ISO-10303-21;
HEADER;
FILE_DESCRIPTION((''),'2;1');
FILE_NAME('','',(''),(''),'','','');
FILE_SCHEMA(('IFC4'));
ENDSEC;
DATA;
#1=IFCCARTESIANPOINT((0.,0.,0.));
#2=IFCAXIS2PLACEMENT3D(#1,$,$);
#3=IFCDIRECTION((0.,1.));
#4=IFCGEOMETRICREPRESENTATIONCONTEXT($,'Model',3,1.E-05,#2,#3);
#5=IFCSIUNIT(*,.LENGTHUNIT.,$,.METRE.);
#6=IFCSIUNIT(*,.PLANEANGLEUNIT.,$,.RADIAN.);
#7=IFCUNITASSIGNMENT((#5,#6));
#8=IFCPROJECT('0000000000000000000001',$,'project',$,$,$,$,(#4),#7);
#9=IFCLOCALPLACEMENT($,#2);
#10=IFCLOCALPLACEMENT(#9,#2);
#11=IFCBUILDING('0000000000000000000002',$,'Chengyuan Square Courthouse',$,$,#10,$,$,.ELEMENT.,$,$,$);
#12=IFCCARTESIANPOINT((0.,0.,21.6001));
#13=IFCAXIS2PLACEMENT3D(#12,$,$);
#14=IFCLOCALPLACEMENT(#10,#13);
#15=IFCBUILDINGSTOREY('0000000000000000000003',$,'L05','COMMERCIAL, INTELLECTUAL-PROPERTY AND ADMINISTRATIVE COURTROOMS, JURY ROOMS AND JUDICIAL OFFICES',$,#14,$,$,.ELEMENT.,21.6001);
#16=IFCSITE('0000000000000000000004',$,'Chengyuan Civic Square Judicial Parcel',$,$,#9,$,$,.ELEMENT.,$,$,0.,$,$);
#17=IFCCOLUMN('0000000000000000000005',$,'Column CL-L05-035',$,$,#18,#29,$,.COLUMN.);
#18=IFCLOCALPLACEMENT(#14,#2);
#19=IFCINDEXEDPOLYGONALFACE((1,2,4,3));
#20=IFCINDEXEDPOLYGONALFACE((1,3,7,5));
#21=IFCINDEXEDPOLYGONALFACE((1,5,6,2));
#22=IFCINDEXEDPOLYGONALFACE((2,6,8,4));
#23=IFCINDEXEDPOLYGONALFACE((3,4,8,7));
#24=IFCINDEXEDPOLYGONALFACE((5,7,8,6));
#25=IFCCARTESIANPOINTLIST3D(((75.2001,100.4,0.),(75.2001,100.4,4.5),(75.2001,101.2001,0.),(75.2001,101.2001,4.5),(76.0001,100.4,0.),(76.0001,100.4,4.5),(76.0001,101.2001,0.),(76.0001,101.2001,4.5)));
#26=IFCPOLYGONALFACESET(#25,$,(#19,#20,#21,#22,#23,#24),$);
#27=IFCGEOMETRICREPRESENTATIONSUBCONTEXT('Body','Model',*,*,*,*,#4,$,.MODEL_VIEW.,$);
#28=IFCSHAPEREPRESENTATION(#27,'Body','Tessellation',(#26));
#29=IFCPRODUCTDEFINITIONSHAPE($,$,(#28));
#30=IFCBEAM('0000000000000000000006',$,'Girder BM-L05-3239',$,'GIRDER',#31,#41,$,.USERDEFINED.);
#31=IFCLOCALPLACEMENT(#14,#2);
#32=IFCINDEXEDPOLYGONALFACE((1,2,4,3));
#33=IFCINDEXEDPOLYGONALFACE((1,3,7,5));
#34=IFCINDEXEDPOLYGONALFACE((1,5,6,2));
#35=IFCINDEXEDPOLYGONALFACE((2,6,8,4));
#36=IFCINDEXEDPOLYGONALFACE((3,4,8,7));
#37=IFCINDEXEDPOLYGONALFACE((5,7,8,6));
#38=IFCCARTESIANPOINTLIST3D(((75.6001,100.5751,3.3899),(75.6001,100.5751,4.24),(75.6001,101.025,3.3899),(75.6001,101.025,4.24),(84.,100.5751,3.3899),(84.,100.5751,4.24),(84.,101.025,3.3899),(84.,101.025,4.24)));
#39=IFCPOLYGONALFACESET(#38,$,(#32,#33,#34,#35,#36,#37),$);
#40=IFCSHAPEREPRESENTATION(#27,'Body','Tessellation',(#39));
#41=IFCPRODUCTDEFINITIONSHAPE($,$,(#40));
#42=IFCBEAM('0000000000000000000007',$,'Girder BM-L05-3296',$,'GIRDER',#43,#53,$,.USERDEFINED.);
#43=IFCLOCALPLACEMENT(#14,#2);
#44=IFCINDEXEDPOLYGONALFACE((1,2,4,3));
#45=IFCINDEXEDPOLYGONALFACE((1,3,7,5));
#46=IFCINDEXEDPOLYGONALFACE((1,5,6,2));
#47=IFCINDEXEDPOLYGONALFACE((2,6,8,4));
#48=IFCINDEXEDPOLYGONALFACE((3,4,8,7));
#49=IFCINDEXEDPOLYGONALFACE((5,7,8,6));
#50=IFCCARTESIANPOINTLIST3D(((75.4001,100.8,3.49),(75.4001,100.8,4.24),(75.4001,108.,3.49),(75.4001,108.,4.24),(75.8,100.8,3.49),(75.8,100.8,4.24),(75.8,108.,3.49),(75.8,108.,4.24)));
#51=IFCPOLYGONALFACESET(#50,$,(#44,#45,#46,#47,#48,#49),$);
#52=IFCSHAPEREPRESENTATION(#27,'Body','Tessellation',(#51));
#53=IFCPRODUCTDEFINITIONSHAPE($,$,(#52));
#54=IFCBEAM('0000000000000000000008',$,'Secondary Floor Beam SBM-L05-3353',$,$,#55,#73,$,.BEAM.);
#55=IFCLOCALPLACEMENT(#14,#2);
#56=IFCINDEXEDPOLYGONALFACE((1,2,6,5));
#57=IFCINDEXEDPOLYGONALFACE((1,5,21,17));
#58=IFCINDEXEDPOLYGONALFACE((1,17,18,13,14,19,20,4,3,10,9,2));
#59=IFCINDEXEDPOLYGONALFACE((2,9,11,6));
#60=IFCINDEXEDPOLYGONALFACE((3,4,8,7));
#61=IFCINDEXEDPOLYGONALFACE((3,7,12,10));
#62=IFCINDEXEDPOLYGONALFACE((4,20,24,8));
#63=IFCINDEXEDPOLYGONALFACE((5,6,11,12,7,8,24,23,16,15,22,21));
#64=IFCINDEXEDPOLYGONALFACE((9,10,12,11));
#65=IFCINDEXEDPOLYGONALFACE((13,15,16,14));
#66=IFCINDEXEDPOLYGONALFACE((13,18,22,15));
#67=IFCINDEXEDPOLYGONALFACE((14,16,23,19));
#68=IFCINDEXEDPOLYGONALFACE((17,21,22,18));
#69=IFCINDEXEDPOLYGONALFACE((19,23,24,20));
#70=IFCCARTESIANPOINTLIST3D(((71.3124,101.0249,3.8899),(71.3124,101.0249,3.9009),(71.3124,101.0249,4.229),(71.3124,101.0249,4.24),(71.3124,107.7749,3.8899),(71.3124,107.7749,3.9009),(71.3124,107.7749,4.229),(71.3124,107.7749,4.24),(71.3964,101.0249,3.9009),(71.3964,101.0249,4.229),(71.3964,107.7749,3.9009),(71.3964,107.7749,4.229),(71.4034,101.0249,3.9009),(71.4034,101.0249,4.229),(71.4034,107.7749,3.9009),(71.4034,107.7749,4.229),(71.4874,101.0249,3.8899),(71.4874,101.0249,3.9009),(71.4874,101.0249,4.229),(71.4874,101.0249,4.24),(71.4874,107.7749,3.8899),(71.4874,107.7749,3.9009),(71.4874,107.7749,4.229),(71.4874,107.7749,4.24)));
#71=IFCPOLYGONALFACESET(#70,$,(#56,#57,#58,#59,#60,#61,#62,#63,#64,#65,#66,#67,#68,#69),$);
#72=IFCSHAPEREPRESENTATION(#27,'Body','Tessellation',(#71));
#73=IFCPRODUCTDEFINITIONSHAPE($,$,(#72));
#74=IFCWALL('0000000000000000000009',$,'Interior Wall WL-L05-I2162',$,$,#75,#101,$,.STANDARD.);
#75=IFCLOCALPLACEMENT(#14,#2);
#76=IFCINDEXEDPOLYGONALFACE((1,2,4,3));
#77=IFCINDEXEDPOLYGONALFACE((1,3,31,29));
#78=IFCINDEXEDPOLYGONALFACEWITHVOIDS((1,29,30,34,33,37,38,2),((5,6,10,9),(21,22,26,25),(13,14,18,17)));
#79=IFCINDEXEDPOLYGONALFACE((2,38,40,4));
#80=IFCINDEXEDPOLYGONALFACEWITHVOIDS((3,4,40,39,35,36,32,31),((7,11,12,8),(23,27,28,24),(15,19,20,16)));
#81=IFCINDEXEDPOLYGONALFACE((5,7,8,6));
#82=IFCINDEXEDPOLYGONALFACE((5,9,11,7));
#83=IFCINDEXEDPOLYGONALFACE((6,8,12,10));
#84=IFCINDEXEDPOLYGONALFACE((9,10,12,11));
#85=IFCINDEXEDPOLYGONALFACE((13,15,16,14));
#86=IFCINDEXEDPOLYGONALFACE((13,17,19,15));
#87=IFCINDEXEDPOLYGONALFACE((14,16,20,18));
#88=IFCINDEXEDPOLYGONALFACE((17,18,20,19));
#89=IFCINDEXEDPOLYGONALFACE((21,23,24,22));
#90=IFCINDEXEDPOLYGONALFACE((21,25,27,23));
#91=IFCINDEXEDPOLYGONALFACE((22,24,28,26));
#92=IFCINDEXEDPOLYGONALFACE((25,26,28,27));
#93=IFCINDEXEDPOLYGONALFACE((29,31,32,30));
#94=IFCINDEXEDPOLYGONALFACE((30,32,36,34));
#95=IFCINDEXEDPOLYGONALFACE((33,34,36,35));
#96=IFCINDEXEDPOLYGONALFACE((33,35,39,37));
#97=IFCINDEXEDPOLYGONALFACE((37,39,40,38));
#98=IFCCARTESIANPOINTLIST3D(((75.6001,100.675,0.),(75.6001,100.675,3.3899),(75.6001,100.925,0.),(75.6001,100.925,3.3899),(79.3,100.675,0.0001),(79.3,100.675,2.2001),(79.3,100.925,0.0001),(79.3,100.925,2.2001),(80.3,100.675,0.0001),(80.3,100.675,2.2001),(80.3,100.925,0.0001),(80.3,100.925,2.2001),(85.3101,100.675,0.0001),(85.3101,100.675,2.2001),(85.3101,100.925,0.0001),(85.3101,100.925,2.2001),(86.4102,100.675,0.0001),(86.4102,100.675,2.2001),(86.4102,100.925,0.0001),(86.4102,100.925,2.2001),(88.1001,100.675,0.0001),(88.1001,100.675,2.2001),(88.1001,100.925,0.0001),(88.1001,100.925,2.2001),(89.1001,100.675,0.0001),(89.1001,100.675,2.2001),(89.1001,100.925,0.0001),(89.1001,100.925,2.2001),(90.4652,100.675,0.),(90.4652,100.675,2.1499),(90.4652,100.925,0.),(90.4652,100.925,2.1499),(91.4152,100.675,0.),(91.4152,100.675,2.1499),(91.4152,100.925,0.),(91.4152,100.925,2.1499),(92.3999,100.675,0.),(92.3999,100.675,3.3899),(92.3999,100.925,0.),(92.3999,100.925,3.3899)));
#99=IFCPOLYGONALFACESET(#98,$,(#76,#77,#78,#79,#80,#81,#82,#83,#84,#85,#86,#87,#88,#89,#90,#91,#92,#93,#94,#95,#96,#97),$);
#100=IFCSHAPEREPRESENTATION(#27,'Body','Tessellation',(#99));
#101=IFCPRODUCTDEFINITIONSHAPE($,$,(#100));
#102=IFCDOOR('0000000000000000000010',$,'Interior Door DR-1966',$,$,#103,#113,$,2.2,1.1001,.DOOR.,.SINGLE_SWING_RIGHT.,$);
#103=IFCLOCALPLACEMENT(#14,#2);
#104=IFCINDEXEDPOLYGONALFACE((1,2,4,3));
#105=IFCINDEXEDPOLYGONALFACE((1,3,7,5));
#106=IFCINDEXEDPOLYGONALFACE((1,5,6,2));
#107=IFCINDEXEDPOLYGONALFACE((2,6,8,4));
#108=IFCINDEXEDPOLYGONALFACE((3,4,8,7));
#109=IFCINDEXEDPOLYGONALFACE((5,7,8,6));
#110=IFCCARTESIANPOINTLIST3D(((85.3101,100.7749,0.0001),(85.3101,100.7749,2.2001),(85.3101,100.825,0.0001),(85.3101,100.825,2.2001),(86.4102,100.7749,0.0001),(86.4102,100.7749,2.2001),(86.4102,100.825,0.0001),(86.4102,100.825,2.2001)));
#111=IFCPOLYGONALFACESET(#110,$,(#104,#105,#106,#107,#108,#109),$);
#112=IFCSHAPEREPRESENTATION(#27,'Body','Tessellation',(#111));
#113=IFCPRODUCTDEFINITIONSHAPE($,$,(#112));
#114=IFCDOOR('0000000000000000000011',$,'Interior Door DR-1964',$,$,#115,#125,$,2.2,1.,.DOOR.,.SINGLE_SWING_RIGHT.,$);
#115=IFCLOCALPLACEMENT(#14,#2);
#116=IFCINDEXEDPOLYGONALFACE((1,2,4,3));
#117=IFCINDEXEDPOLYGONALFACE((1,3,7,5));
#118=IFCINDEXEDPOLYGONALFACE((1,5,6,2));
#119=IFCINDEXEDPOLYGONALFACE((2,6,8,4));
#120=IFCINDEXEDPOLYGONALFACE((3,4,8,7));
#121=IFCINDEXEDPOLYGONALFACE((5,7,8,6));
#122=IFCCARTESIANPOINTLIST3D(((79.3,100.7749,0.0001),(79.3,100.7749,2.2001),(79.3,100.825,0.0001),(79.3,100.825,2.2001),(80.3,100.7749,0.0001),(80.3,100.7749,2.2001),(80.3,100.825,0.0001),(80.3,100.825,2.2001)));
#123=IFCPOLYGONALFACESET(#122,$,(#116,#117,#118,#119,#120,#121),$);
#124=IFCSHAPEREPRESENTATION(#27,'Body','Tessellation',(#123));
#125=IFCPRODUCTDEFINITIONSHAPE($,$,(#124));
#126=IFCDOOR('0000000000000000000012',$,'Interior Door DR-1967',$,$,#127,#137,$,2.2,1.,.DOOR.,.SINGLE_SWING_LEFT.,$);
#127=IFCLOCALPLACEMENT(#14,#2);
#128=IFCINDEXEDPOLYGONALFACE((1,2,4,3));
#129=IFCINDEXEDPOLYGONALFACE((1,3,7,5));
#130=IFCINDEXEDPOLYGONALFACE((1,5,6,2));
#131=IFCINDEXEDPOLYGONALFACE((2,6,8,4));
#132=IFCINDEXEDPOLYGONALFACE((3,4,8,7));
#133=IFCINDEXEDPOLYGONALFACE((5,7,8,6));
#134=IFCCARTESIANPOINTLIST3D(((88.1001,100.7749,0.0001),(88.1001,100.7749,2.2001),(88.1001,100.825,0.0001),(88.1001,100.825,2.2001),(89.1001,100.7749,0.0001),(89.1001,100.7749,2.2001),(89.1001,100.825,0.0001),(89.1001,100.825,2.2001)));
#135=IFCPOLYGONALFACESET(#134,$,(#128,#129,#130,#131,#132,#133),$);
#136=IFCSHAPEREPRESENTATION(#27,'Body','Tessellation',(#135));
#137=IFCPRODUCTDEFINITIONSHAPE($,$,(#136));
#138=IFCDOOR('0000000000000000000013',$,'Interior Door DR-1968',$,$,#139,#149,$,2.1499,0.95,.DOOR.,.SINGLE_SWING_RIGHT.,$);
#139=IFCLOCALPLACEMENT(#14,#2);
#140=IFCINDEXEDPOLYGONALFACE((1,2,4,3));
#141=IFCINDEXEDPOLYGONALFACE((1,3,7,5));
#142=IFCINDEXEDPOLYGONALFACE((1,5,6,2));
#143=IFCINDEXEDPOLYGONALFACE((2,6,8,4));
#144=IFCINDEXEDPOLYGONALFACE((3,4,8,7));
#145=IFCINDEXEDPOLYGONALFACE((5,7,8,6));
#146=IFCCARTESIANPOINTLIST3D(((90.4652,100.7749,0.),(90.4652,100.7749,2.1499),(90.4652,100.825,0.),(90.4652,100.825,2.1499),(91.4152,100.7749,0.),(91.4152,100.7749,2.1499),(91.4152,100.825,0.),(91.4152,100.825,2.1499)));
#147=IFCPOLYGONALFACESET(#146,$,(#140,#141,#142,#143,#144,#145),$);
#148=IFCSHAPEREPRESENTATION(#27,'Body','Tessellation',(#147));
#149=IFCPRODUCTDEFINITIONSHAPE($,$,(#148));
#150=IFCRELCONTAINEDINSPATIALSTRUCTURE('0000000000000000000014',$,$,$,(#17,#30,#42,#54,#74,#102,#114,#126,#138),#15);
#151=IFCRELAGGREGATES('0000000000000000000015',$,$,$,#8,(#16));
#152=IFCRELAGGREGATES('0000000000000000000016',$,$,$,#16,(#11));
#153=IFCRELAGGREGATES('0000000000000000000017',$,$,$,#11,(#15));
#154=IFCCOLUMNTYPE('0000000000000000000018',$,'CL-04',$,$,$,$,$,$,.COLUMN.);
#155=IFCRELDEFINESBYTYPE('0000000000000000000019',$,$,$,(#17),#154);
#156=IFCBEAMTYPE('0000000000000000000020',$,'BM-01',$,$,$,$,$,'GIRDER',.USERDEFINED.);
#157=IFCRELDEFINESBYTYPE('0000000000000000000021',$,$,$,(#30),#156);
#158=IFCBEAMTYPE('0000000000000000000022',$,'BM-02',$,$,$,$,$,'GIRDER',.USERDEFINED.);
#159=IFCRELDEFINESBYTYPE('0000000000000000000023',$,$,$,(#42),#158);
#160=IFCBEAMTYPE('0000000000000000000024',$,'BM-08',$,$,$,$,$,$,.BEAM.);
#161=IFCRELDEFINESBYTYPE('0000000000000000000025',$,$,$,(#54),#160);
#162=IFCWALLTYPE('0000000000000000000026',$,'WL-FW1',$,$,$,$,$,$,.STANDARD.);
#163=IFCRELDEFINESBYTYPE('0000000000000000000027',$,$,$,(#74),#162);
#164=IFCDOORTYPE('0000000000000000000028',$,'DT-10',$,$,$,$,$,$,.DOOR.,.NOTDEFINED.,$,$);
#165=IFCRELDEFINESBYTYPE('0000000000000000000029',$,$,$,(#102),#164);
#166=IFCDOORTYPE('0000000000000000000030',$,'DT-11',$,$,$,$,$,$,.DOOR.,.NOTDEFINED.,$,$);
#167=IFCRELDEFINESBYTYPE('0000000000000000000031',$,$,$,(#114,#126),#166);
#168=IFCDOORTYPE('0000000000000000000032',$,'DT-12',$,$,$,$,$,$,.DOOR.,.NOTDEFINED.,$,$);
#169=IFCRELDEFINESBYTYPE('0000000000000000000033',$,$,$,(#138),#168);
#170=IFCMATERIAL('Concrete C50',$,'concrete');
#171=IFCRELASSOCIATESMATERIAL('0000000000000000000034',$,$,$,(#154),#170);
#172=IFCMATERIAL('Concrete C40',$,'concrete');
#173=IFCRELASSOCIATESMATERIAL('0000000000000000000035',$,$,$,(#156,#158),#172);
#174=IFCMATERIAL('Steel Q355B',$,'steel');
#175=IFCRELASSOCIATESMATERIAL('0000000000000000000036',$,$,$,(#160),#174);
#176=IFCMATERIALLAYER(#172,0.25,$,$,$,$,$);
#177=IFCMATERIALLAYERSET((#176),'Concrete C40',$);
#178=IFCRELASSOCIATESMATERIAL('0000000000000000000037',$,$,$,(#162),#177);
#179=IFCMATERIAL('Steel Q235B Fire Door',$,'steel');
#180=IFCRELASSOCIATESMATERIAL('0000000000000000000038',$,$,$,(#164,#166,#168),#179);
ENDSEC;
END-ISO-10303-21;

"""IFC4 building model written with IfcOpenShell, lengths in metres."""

from ifc_helpers import new_model, si_unit, direction, frame, frame_2d, origin, origin_2d, place, context, subcontext, project, spatial, rectangle, i_section, extrude, material, layer, layer_set, material_profile, profile_set, type_object, element, fill, save


model = new_model("IFC4")

# Units and contexts
model_context = context("Model", 3, precision=1e-05, world=origin(), true_north=direction((0.0, 1.0)))
body_context = subcontext(model_context, "Body", "Model", "MODEL_VIEW")
ifc_project = project(units=[si_unit("LENGTHUNIT", "METRE"), si_unit("PLANEANGLEUNIT", "RADIAN")], contexts=[model_context])

# Site, building, storey
site_placement = place(None, origin())
site = spatial("IfcSite", under=ifc_project, at=site_placement, Name="Chengyuan Civic Square Judicial Parcel", CompositionType="ELEMENT", RefElevation=0.0)
building_placement = place(site_placement, origin())
building = spatial("IfcBuilding", under=site, at=building_placement, Name="Chengyuan Square Courthouse", CompositionType="ELEMENT")
storey_placement = place(building_placement, frame((0.0, 0.0, 21.6001)))
storey = spatial("IfcBuildingStorey", under=building, at=storey_placement, Name="L05", Description="COMMERCIAL, INTELLECTUAL-PROPERTY AND ADMINISTRATIVE COURTROOMS, JURY ROOMS AND JUDICIAL OFFICES", CompositionType="ELEMENT", Elevation=21.6001)

# Column
ifc_material_1 = material(Name="Concrete C50", Category="concrete")
ifc_material_profile_1 = material_profile(ifc_material_1, rectangle(XDim=0.8, YDim=0.8, at=origin_2d()), Name="RC-COL-800x800")
ifc_profile_set_1 = profile_set([ifc_material_profile_1], Name="Concrete C50")
column_type = type_object("IfcColumnType", Name="CL-04", PredefinedType="COLUMN", material=ifc_profile_set_1)
column_placement = place(storey_placement, frame((75.6001, 100.8, 0.0), z_axis=(0.0, 0.0, 1.0), x_axis=(1.0, 0.0, 0.0)))
element("IfcColumn", 1, at=column_placement, inside=storey, type_object=column_type, Name="Column CL-L05-035", PredefinedType="COLUMN", context=body_context, shape_type="SweptSolid", body=[
    extrude(rectangle(XDim=0.8, YDim=0.8, at=origin_2d()), origin(), (0.0, 0.0, 1.0), 4.5),
])

# Beams
ifc_material_2 = material(Name="Concrete C40", Category="concrete")
ifc_material_profile_2 = material_profile(ifc_material_2, rectangle(XDim=0.45, YDim=0.8501, at=origin_2d()), Name="RC-BM-450x850")
ifc_profile_set_2 = profile_set([ifc_material_profile_2], Name="Concrete C40")
beam_type_1 = type_object("IfcBeamType", Name="BM-01", ElementType="GIRDER", PredefinedType="USERDEFINED", material=ifc_profile_set_2)
beam_1_placement = place(storey_placement, frame((75.6001, 100.8, 3.8149), z_axis=(1.0, 0.0, 0.0), x_axis=(0.0, 1.0, 0.0)))
element("IfcBeam", 2, at=beam_1_placement, inside=storey, type_object=beam_type_1, Name="Girder BM-L05-3239", ObjectType="GIRDER", PredefinedType="USERDEFINED", context=body_context, shape_type="SweptSolid", body=[
    extrude(rectangle(XDim=0.45, YDim=0.8501, at=origin_2d()), origin(), (0.0, 0.0, 1.0), 8.3999),
])
ifc_material_profile_3 = material_profile(ifc_material_2, rectangle(XDim=0.3999, YDim=0.75, at=origin_2d()), Name="RC-BM-400x750")
ifc_profile_set_3 = profile_set([ifc_material_profile_3], Name="Concrete C40")
beam_type_2 = type_object("IfcBeamType", Name="BM-02", ElementType="GIRDER", PredefinedType="USERDEFINED", material=ifc_profile_set_3)
beam_2_placement = place(storey_placement, frame((75.6001, 100.8, 3.865), z_axis=(0.0, 1.0, 0.0), x_axis=(-1.0, 0.0, 0.0)))
element("IfcBeam", 3, at=beam_2_placement, inside=storey, type_object=beam_type_2, Name="Girder BM-L05-3296", ObjectType="GIRDER", PredefinedType="USERDEFINED", context=body_context, shape_type="SweptSolid", body=[
    extrude(rectangle(XDim=0.3999, YDim=0.75, at=origin_2d()), origin(), (0.0, 0.0, 1.0), 7.2),
])
ifc_material_3 = material(Name="Steel Q355B", Category="steel")
ifc_material_profile_4 = material_profile(ifc_material_3, i_section(OverallWidth=0.175, OverallDepth=0.3501, WebThickness=0.0071, FlangeThickness=0.011, at=origin_2d()), Name="HN 350x175x7x11")
ifc_profile_set_4 = profile_set([ifc_material_profile_4], Name="Steel Q355B")
beam_type_3 = type_object("IfcBeamType", Name="BM-08", PredefinedType="BEAM", material=ifc_profile_set_4)
beam_3_placement = place(storey_placement, frame((71.3999, 101.0249, 4.0649), z_axis=(0.0, 1.0, 0.0), x_axis=(-1.0, 0.0, 0.0)))
element("IfcBeam", 4, at=beam_3_placement, inside=storey, type_object=beam_type_3, Name="Secondary Floor Beam SBM-L05-3353", PredefinedType="BEAM", context=body_context, shape_type="SweptSolid", body=[
    extrude(i_section(OverallWidth=0.175, OverallDepth=0.3501, WebThickness=0.0071, FlangeThickness=0.011, at=origin_2d()), origin(), (0.0, 0.0, 1.0), 6.75),
])

# Wall, openings, doors
ifc_layer_1 = layer(ifc_material_2, 0.25)
ifc_layer_set_1 = layer_set([ifc_layer_1], Name="Concrete C40")
wall_type_1 = type_object("IfcWallType", Name="WL-FW1", PredefinedType="STANDARD", material=ifc_layer_set_1)
wall_1_placement = place(storey_placement, frame((75.6001, 100.8, 0.0), z_axis=(0.0, 0.0, 1.0), x_axis=(1.0, 0.0, 0.0)))
wall_1 = element("IfcWall", 5, at=wall_1_placement, inside=storey, type_object=wall_type_1, Name="Interior Wall WL-L05-I2162", PredefinedType="STANDARD", context=body_context, shape_type="SweptSolid", body=[
    extrude(rectangle(XDim=16.7998, YDim=0.25, at=frame_2d((8.3999, 0.0))), origin(), (0.0, 0.0, 1.0), 3.3899),
])
opening_1_placement = place(wall_1_placement, frame((3.7, 0.0, 0.0)))
opening_1 = element("IfcOpeningElement", 6, at=opening_1_placement, cuts=wall_1, PredefinedType="OPENING", context=body_context, shape_type="SweptSolid", body=[
    extrude(rectangle(XDim=1.0, YDim=2.2, at=frame_2d((0.5, 1.1001))), frame((0.0, 0.137, 0.0), z_axis=(0.0, -1.0, 0.0), x_axis=(1.0, 0.0, 0.0)), (0.0, 0.0, 1.0), 0.2739),
])
opening_2_placement = place(wall_1_placement, frame((9.71, 0.0, 0.0)))
opening_2 = element("IfcOpeningElement", 7, at=opening_2_placement, cuts=wall_1, PredefinedType="OPENING", context=body_context, shape_type="SweptSolid", body=[
    extrude(rectangle(XDim=1.1001, YDim=2.2, at=frame_2d((0.55, 1.1001))), frame((0.0, 0.137, 0.0), z_axis=(0.0, -1.0, 0.0), x_axis=(1.0, 0.0, 0.0)), (0.0, 0.0, 1.0), 0.2739),
])
opening_3_placement = place(wall_1_placement, frame((12.5, 0.0, 0.0)))
opening_3 = element("IfcOpeningElement", 8, at=opening_3_placement, cuts=wall_1, PredefinedType="OPENING", context=body_context, shape_type="SweptSolid", body=[
    extrude(rectangle(XDim=1.0, YDim=2.2, at=frame_2d((0.5, 1.1001))), frame((0.0, 0.137, 0.0), z_axis=(0.0, -1.0, 0.0), x_axis=(1.0, 0.0, 0.0)), (0.0, 0.0, 1.0), 0.2739),
])
opening_4_placement = place(wall_1_placement, frame((14.865, 0.0, 0.0)))
opening_4 = element("IfcOpeningElement", 9, at=opening_4_placement, cuts=wall_1, PredefinedType="OPENING", context=body_context, shape_type="SweptSolid", body=[
    extrude(rectangle(XDim=0.95, YDim=2.1499, at=frame_2d((0.4751, 1.075))), frame((0.0, 0.137, 0.0), z_axis=(0.0, -1.0, 0.0), x_axis=(1.0, 0.0, 0.0)), (0.0, 0.0, 1.0), 0.2739),
])
ifc_material_4 = material(Name="Steel Q235B Fire Door", Category="steel")
door_type_1 = type_object("IfcDoorType", Name="DT-10", OperationType="NOTDEFINED", PredefinedType="DOOR", material=ifc_material_4)
door_1_placement = place(opening_2_placement, origin())
door_1 = element("IfcDoor", 10, at=door_1_placement, inside=storey, type_object=door_type_1, Name="Interior Door DR-1966", OperationType="SINGLE_SWING_RIGHT", OverallHeight=2.2, OverallWidth=1.1001, PredefinedType="DOOR", context=body_context, shape_type="SweptSolid", body=[
    extrude(rectangle(XDim=1.1001, YDim=2.2, at=frame_2d((0.55, 1.1001))), frame((0.0, 0.0249, 0.0), z_axis=(0.0, -1.0, 0.0), x_axis=(1.0, 0.0, 0.0)), (0.0, 0.0, 1.0), 0.05),
])
fill(opening_2, door_1)
door_type_2 = type_object("IfcDoorType", Name="DT-11", OperationType="NOTDEFINED", PredefinedType="DOOR", material=ifc_material_4)
door_2_placement = place(opening_1_placement, origin())
door_2 = element("IfcDoor", 11, at=door_2_placement, inside=storey, type_object=door_type_2, Name="Interior Door DR-1964", OperationType="SINGLE_SWING_RIGHT", OverallHeight=2.2, OverallWidth=1.0, PredefinedType="DOOR", context=body_context, shape_type="SweptSolid", body=[
    extrude(rectangle(XDim=1.0, YDim=2.2, at=frame_2d((0.5, 1.1001))), frame((0.0, 0.0249, 0.0), z_axis=(0.0, -1.0, 0.0), x_axis=(1.0, 0.0, 0.0)), (0.0, 0.0, 1.0), 0.05),
])
fill(opening_1, door_2)
door_3_placement = place(opening_3_placement, origin())
door_3 = element("IfcDoor", 12, at=door_3_placement, inside=storey, type_object=door_type_2, Name="Interior Door DR-1967", OperationType="SINGLE_SWING_LEFT", OverallHeight=2.2, OverallWidth=1.0, PredefinedType="DOOR", context=body_context, shape_type="SweptSolid", body=[
    extrude(rectangle(XDim=1.0, YDim=2.2, at=frame_2d((0.5, 1.1001))), frame((0.0, 0.0249, 0.0), z_axis=(0.0, -1.0, 0.0), x_axis=(1.0, 0.0, 0.0)), (0.0, 0.0, 1.0), 0.05),
])
fill(opening_3, door_3)
door_type_3 = type_object("IfcDoorType", Name="DT-12", OperationType="NOTDEFINED", PredefinedType="DOOR", material=ifc_material_4)
door_4_placement = place(opening_4_placement, origin())
door_4 = element("IfcDoor", 13, at=door_4_placement, inside=storey, type_object=door_type_3, Name="Interior Door DR-1968", OperationType="SINGLE_SWING_RIGHT", OverallHeight=2.1499, OverallWidth=0.95, PredefinedType="DOOR", context=body_context, shape_type="SweptSolid", body=[
    extrude(rectangle(XDim=0.95, YDim=2.1499, at=frame_2d((0.4751, 1.075))), frame((0.0, 0.0249, 0.0), z_axis=(0.0, -1.0, 0.0), x_axis=(1.0, 0.0, 0.0)), (0.0, 0.0, 1.0), 0.05),
])
fill(opening_4, door_4)

save(model, "model.ifc")
